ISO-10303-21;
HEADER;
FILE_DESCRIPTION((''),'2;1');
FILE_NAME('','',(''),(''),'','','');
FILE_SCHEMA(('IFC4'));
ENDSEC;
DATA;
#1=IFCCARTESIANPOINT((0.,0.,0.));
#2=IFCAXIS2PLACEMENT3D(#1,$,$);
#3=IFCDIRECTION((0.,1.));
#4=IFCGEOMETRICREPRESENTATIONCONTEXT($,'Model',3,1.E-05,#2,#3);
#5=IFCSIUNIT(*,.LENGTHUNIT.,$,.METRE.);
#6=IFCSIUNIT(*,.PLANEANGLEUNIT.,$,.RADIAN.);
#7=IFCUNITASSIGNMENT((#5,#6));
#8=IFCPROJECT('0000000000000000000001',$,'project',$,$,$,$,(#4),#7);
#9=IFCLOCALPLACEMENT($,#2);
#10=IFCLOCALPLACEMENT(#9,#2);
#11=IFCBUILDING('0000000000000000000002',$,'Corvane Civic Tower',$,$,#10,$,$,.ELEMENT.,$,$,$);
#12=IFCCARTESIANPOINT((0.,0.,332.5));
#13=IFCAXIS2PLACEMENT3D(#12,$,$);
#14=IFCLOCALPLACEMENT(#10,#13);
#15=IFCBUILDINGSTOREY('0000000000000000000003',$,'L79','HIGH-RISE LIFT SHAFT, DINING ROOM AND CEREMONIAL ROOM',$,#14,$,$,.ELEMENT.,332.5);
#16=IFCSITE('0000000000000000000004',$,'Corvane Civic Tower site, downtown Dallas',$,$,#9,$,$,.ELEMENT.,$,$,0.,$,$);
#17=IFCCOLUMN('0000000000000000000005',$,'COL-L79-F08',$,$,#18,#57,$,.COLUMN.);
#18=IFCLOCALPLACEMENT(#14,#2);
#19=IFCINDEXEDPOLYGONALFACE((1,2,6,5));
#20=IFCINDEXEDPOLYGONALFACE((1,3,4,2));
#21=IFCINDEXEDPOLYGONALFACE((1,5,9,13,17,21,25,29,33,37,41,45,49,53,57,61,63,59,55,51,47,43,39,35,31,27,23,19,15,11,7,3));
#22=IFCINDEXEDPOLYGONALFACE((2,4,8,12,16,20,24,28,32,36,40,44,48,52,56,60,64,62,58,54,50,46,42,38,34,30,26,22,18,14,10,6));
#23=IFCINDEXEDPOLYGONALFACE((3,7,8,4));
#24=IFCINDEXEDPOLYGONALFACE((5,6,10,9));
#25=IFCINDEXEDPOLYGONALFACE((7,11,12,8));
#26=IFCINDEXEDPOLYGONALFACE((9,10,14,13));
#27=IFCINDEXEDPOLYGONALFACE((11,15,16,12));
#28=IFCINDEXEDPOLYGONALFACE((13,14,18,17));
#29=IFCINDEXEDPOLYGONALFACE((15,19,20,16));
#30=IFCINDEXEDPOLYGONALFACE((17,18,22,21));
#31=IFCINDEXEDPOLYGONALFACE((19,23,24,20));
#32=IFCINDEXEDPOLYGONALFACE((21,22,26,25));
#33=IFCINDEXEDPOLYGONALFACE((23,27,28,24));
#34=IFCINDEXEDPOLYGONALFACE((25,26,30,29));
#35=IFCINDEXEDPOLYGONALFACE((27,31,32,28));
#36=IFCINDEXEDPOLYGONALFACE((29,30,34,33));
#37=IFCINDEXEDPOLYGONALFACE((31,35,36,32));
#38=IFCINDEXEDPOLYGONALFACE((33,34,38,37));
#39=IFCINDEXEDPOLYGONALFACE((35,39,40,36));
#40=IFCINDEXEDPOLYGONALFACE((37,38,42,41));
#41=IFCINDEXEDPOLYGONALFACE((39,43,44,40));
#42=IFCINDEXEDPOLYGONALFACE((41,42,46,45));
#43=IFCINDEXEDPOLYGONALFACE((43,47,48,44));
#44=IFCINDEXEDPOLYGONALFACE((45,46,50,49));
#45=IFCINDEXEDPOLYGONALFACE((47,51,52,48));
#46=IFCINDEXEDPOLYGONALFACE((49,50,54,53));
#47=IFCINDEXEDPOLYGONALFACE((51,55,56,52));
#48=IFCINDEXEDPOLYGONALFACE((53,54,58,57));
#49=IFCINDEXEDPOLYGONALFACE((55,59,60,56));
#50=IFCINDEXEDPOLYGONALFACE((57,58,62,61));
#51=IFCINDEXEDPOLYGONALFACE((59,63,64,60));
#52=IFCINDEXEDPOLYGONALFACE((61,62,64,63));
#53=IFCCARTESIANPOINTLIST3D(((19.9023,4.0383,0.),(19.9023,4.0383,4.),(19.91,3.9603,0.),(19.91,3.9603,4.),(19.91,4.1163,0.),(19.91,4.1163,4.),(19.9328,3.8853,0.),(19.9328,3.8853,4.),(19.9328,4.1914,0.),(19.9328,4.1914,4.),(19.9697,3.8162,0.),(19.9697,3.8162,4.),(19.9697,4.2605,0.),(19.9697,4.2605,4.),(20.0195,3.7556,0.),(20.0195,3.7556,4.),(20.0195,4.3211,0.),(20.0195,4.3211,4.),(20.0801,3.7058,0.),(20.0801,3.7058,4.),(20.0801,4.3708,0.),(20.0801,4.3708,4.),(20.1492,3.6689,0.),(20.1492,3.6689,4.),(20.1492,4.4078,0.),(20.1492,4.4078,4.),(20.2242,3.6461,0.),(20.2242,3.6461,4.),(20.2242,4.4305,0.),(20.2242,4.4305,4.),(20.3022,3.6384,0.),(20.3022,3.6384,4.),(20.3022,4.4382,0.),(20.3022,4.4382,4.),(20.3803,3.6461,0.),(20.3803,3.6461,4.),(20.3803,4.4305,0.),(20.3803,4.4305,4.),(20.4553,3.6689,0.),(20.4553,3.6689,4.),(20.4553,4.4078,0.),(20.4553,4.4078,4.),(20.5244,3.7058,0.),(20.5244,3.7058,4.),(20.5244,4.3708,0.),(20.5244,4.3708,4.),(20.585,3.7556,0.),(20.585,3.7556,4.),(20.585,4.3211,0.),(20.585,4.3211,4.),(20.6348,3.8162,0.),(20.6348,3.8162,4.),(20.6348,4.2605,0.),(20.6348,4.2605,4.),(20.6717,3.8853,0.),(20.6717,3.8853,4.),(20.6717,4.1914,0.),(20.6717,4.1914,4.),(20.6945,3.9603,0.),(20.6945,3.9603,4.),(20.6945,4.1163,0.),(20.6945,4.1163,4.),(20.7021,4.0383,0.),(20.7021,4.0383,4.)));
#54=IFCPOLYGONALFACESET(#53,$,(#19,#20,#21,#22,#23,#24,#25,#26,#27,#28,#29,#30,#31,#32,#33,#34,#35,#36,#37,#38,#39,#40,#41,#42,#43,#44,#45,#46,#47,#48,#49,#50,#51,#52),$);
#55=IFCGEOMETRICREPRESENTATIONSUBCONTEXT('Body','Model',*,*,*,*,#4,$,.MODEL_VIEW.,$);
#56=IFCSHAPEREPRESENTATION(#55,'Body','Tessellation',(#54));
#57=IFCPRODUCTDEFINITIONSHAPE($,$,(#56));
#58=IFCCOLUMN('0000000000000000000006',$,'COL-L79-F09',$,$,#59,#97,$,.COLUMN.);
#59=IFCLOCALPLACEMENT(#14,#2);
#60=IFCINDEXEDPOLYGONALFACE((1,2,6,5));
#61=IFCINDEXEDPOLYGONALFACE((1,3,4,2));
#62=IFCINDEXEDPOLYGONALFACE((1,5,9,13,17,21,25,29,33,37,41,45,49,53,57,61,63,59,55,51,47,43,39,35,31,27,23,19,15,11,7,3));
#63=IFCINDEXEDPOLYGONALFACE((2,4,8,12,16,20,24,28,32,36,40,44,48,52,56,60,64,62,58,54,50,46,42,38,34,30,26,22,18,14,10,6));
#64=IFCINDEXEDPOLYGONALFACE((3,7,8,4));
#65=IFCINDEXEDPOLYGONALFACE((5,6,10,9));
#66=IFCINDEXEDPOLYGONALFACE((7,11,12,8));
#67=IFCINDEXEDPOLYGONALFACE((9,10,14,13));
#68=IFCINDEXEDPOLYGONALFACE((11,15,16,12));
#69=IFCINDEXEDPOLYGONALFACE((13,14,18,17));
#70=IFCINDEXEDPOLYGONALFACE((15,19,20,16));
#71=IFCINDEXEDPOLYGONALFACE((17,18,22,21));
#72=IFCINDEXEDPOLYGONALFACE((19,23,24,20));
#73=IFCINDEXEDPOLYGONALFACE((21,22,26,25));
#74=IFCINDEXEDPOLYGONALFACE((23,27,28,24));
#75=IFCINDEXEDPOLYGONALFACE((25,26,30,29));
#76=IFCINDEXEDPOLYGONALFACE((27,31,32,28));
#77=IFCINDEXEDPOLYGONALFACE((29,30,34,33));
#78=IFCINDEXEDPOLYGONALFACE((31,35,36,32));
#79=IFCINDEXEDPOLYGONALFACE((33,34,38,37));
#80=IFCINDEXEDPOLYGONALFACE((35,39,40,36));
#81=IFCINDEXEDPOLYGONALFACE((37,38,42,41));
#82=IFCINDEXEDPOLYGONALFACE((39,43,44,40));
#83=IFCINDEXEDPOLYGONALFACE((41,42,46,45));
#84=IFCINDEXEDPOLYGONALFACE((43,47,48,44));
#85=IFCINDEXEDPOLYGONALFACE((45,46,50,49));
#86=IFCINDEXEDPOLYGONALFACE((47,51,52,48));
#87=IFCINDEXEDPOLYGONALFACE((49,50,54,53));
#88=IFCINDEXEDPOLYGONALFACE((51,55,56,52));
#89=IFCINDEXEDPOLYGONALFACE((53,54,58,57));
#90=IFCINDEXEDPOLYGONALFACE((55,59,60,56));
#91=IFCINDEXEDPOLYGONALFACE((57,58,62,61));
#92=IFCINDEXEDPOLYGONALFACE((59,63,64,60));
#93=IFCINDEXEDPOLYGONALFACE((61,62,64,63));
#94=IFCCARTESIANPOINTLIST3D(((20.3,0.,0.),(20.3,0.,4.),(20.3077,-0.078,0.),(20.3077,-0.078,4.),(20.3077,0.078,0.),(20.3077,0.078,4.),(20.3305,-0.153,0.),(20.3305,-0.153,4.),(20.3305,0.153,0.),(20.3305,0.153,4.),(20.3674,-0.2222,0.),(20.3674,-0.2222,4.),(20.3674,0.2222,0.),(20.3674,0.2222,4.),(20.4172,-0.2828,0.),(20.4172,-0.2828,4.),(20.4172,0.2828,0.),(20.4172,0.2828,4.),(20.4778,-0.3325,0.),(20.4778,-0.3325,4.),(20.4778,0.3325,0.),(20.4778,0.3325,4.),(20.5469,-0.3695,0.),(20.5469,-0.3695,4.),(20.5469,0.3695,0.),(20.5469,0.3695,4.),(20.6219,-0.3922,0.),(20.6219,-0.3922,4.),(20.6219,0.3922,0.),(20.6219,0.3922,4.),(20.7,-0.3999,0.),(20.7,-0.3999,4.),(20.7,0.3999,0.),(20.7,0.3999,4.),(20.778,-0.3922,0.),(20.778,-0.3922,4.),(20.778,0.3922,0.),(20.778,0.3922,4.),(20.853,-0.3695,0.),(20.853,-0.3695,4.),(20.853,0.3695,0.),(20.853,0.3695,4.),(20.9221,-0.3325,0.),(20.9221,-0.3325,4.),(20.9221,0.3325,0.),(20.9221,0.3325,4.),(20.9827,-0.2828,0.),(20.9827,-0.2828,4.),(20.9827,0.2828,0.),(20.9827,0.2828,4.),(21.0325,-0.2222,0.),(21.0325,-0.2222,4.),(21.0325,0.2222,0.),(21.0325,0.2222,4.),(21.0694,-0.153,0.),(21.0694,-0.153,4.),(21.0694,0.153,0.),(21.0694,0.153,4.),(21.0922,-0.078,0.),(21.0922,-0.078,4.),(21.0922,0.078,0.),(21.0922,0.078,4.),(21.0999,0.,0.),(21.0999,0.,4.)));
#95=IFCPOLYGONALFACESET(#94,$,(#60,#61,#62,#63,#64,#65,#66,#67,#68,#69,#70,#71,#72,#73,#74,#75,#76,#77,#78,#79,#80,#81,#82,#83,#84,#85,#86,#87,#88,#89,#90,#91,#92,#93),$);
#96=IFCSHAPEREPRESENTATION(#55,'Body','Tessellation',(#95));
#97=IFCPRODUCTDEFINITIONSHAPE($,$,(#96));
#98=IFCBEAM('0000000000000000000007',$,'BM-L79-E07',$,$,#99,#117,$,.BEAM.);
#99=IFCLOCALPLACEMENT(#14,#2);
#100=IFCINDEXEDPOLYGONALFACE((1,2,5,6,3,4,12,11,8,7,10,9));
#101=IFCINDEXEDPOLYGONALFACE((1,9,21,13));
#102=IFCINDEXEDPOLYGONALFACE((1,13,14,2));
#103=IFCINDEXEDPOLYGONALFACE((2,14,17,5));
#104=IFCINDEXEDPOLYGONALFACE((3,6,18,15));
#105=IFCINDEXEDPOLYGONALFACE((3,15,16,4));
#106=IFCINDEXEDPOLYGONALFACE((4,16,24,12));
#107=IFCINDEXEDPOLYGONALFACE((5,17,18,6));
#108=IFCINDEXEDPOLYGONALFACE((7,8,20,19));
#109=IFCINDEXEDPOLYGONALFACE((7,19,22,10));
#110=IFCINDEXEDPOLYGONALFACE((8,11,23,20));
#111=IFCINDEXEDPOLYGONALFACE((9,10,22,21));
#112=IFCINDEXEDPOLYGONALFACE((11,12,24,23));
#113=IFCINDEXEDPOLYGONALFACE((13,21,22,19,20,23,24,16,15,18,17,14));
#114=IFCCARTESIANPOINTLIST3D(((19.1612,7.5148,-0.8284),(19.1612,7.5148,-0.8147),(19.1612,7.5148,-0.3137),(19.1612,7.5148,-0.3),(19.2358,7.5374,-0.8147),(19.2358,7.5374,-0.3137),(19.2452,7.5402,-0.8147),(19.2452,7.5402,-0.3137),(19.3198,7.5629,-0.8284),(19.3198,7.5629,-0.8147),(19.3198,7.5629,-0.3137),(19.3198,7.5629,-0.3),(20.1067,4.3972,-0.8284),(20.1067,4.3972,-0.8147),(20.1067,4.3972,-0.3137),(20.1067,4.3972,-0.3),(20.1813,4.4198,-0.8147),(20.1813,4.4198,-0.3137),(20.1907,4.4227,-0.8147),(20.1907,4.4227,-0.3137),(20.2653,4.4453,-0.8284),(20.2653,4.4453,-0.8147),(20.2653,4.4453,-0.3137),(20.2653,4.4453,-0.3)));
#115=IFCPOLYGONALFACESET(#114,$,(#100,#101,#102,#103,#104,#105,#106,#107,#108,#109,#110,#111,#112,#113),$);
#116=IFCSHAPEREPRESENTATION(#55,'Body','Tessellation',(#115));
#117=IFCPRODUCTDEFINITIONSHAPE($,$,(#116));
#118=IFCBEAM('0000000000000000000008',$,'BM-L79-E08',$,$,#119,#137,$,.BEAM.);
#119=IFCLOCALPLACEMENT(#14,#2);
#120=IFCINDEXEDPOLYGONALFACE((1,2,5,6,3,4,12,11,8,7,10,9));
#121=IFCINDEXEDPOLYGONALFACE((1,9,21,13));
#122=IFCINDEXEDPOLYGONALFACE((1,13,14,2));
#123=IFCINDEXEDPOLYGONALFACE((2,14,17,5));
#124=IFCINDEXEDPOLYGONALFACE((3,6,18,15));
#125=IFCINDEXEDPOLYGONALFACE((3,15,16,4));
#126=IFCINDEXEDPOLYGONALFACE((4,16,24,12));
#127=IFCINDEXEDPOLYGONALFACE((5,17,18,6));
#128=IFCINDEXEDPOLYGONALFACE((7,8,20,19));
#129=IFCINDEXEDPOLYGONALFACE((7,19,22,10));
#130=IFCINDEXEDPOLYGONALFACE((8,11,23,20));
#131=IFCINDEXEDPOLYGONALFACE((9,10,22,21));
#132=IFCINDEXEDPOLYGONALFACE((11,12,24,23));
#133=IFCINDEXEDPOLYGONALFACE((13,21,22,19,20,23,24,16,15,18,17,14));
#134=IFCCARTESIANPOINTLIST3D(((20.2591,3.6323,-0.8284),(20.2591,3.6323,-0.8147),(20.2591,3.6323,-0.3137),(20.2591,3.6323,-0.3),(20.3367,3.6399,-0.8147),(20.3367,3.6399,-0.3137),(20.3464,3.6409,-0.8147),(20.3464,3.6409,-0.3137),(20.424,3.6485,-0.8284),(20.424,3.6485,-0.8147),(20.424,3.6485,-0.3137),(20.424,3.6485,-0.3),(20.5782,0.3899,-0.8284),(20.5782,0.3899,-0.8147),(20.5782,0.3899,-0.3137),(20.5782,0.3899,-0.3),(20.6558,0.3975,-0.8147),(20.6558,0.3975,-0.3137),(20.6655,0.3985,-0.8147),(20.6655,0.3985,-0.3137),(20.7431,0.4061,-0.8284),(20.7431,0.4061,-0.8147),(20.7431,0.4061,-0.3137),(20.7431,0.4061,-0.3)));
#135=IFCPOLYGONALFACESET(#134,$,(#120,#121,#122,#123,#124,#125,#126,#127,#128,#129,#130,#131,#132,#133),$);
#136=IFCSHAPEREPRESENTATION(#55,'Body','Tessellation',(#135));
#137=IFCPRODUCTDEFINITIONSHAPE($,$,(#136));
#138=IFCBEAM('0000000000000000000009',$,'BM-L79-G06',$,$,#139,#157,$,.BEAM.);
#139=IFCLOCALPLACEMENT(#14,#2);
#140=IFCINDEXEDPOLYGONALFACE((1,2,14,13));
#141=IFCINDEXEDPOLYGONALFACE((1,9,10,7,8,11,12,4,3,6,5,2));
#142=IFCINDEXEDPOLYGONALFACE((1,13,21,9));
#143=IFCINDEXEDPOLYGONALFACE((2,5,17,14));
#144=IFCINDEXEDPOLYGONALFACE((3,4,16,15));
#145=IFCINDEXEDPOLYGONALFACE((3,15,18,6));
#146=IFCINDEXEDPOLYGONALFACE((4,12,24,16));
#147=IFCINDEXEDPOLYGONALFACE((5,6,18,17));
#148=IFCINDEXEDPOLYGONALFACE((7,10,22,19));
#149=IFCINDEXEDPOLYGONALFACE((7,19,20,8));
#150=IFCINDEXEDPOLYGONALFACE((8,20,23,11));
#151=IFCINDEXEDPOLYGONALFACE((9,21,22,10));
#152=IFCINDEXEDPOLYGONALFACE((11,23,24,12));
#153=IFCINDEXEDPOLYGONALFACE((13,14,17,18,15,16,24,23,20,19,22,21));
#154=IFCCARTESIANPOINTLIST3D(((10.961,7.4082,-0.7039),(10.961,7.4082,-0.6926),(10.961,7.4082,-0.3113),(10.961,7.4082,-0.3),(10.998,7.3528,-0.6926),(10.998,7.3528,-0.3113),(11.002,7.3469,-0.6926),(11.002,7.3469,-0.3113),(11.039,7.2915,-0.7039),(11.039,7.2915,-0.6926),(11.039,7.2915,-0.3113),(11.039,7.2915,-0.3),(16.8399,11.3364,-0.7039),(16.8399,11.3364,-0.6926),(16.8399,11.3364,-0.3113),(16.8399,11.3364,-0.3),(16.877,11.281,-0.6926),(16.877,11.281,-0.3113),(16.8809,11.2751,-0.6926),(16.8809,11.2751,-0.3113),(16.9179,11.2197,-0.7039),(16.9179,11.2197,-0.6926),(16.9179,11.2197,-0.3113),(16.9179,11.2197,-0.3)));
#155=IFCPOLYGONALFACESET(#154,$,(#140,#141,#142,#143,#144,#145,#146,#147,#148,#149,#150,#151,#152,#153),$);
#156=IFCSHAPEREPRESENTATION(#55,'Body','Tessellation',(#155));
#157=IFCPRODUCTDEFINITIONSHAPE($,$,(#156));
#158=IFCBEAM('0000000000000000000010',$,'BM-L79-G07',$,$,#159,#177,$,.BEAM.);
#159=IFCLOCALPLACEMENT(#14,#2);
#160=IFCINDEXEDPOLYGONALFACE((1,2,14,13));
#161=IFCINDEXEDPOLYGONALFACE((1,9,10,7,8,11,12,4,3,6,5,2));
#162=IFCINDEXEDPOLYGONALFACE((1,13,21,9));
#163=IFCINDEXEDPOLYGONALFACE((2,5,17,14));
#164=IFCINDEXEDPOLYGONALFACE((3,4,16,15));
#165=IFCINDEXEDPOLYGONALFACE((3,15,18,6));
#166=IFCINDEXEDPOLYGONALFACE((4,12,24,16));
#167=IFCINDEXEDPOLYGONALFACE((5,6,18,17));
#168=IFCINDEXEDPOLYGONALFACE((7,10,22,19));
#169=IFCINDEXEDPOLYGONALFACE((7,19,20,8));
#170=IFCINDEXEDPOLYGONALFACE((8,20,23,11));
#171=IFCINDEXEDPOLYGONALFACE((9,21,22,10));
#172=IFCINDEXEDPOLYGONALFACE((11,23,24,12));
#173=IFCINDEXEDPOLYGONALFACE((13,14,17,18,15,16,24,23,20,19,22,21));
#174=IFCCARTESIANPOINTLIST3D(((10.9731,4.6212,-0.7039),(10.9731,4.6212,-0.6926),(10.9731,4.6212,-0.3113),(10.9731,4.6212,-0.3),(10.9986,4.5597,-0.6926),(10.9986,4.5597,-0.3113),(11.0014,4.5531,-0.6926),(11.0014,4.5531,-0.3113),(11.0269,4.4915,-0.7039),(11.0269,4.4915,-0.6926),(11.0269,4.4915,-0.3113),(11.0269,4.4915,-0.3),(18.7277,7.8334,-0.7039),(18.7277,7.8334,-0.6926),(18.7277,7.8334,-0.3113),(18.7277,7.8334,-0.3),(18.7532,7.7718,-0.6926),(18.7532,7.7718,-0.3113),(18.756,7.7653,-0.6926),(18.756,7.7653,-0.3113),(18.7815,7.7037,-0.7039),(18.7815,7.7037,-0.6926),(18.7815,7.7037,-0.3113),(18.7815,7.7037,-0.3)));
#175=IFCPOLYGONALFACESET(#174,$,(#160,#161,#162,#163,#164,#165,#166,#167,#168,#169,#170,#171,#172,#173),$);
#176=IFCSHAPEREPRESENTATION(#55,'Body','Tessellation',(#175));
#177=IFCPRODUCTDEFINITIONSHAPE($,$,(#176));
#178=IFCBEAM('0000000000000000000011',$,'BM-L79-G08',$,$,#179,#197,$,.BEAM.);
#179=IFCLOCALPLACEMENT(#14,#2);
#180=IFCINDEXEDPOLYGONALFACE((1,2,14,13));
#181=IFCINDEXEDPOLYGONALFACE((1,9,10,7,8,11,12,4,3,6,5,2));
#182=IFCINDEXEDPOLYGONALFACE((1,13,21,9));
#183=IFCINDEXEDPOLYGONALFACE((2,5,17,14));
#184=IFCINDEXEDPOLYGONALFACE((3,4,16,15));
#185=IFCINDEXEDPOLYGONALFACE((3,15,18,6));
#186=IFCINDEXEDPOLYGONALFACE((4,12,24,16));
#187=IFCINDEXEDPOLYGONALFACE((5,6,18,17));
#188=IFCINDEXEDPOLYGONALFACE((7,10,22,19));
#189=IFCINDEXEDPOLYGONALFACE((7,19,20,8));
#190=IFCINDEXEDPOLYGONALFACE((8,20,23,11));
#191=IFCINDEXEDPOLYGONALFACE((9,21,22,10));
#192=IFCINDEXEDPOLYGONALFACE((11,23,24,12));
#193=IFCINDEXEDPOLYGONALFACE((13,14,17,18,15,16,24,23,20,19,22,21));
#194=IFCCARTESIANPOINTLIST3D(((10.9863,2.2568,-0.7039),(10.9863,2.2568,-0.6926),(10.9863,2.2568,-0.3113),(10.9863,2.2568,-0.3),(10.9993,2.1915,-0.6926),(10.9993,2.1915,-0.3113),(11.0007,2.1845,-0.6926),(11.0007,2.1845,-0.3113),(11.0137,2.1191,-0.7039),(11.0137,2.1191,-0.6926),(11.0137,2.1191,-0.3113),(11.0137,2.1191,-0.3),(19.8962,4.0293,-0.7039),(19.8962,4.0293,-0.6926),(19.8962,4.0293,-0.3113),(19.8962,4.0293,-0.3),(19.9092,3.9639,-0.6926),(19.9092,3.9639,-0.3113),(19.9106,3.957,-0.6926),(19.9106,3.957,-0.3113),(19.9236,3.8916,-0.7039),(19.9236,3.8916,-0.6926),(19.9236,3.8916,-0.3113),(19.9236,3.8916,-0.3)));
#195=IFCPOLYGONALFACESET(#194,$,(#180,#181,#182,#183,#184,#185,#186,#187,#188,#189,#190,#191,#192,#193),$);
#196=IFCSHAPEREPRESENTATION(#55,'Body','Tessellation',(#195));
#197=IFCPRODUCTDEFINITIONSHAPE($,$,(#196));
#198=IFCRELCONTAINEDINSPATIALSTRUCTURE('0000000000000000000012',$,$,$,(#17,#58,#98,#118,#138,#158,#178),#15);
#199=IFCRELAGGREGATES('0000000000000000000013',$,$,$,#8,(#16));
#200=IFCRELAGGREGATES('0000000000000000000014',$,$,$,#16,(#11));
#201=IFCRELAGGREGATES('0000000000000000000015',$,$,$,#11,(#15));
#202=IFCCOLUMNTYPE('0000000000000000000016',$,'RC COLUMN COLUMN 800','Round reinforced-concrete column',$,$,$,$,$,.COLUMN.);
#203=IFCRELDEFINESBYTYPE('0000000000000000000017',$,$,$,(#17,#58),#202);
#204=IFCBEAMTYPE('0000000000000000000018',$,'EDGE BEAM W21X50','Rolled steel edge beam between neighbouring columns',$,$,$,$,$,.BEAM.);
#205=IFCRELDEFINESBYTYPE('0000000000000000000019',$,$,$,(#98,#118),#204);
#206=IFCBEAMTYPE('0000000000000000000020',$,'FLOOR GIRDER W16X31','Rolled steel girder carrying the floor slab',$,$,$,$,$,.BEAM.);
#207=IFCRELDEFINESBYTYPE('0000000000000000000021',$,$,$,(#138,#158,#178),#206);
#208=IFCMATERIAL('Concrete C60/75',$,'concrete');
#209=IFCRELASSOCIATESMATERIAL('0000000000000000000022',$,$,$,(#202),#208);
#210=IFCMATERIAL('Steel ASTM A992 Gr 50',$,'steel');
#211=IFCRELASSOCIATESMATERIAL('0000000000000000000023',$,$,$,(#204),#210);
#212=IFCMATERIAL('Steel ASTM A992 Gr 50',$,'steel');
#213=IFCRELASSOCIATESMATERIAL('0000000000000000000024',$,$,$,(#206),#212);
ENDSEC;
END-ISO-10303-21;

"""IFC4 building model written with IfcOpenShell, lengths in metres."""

from ifc_helpers import new_model, si_unit, direction, frame, origin, origin_2d, place, context, subcontext, project, spatial, circle, i_section, extrude, material, material_profile, profile_set, type_object, element, save


model = new_model("IFC4")

# Units and contexts
model_context = context("Model", 3, precision=1e-05, world=origin(), true_north=direction((0.0, 1.0)))
body_context = subcontext(model_context, "Body", "Model", "MODEL_VIEW")
ifc_project = project(units=[si_unit("LENGTHUNIT", "METRE"), si_unit("PLANEANGLEUNIT", "RADIAN")], contexts=[model_context])

# Site, building, storey
site_placement = place(None, origin())
site = spatial("IfcSite", under=ifc_project, at=site_placement, Name="Corvane Civic Tower site, downtown Dallas", CompositionType="ELEMENT", RefElevation=0.0)
building_placement = place(site_placement, origin())
building = spatial("IfcBuilding", under=site, at=building_placement, Name="Corvane Civic Tower", CompositionType="ELEMENT")
storey_placement = place(building_placement, frame((0.0, 0.0, 332.5)))
storey = spatial("IfcBuildingStorey", under=building, at=storey_placement, Name="L79", Description="HIGH-RISE LIFT SHAFT, DINING ROOM AND CEREMONIAL ROOM", CompositionType="ELEMENT", Elevation=332.5)

# Columns
ifc_material_1 = material(Name="Concrete C60/75", Category="concrete")
ifc_material_profile_1 = material_profile(ifc_material_1, circle(Radius=0.3999, at=origin_2d()), Name="COLUMN 800")
ifc_profile_set_1 = profile_set([ifc_material_profile_1], Name="Concrete C60/75")
column_type = type_object("IfcColumnType", Name="RC COLUMN COLUMN 800", Description="Round reinforced-concrete column", PredefinedType="COLUMN", material=ifc_profile_set_1)
for number, where, z_axis, x_axis, name in (
    (1, (20.3022, 4.0383, 0.0), (0.0, 0.0, 1.0), (1.0, 0.0, 0.0), "COL-L79-F08"),
    (2, (20.7, 0.0, 0.0), (0.0, 0.0, 1.0), (1.0, 0.0, 0.0), "COL-L79-F09"),
):
    element("IfcColumn", number, at=place(storey_placement, frame(where, z_axis=z_axis, x_axis=x_axis)), inside=storey, type_object=column_type, Name=name, PredefinedType="COLUMN", context=body_context, shape_type="SweptSolid", body=[
        extrude(circle(Radius=0.3999, at=origin_2d()), origin(), (0.0, 0.0, 1.0), 4.0),
    ])

# Beams
ifc_material_2 = material(Name="Steel ASTM A992 Gr 50", Category="steel")
ifc_material_profile_2 = material_profile(ifc_material_2, i_section(OverallWidth=0.1658, OverallDepth=0.5283, WebThickness=0.0098, FlangeThickness=0.0137, at=origin_2d()), Name="W21X50")
ifc_profile_set_2 = profile_set([ifc_material_profile_2], Name="Steel ASTM A992 Gr 50")
beam_type_1 = type_object("IfcBeamType", Name="EDGE BEAM W21X50", Description="Rolled steel edge beam between neighbouring columns", PredefinedType="BEAM", material=ifc_profile_set_2)
beam_1_placement = place(storey_placement, frame((19.2405, 7.5388, -0.5642), z_axis=(0.290234, -0.956956, 0.0), x_axis=(0.956956, 0.290234, 0.0)))
element("IfcBeam", 3, at=beam_1_placement, inside=storey, type_object=beam_type_1, Name="BM-L79-E07", PredefinedType="BEAM", context=body_context, shape_type="SweptSolid", body=[
    extrude(i_section(OverallWidth=0.1658, OverallDepth=0.5283, WebThickness=0.0098, FlangeThickness=0.0137, at=origin_2d()), origin(), (0.0, 0.0, 1.0), 3.2578),
])
beam_2_placement = place(storey_placement, frame((20.3416, 3.6404, -0.5642), z_axis=(0.097938, -0.995193, 0.0), x_axis=(0.995193, 0.097938, 0.0)))
element("IfcBeam", 4, at=beam_2_placement, inside=storey, type_object=beam_type_1, Name="BM-L79-E08", PredefinedType="BEAM", context=body_context, shape_type="SweptSolid", body=[
    extrude(i_section(OverallWidth=0.1658, OverallDepth=0.5283, WebThickness=0.0098, FlangeThickness=0.0137, at=origin_2d()), origin(), (0.0, 0.0, 1.0), 3.2581),
])
ifc_material_3 = material(Name="Steel ASTM A992 Gr 50", Category="steel")
ifc_material_profile_3 = material_profile(ifc_material_3, i_section(OverallWidth=0.1404, OverallDepth=0.4038, WebThickness=0.0071, FlangeThickness=0.0112, at=origin_2d()), Name="W16X31")
ifc_profile_set_3 = profile_set([ifc_material_profile_3], Name="Steel ASTM A992 Gr 50")
beam_type_2 = type_object("IfcBeamType", Name="FLOOR GIRDER W16X31", Description="Rolled steel girder carrying the floor slab", PredefinedType="BEAM", material=ifc_profile_set_3)
beam_3_placement = place(storey_placement, frame((11.0, 7.3499, -0.502), z_axis=(0.831465, 0.555576, 0.0), x_axis=(-0.555576, 0.831465, 0.0)))
element("IfcBeam", 5, at=beam_3_placement, inside=storey, type_object=beam_type_2, Name="BM-L79-G06", PredefinedType="BEAM", context=body_context, shape_type="SweptSolid", body=[
    extrude(i_section(OverallWidth=0.1404, OverallDepth=0.4038, WebThickness=0.0071, FlangeThickness=0.0112, at=origin_2d()), origin(), (0.0, 0.0, 1.0), 7.0706),
])
beam_4_placement = place(storey_placement, frame((11.0, 4.5564, -0.502), z_axis=(0.923876, 0.382692, 0.0), x_axis=(-0.382692, 0.923876, 0.0)))
element("IfcBeam", 6, at=beam_4_placement, inside=storey, type_object=beam_type_2, Name="BM-L79-G07", PredefinedType="BEAM", context=body_context, shape_type="SweptSolid", body=[
    extrude(i_section(OverallWidth=0.1404, OverallDepth=0.4038, WebThickness=0.0071, FlangeThickness=0.0112, at=origin_2d()), origin(), (0.0, 0.0, 1.0), 8.3936),
])
beam_5_placement = place(storey_placement, frame((11.0, 2.188, -0.502), z_axis=(0.980782, 0.195108, 0.0), x_axis=(-0.195108, 0.980782, 0.0)))
element("IfcBeam", 7, at=beam_5_placement, inside=storey, type_object=beam_type_2, Name="BM-L79-G08", PredefinedType="BEAM", context=body_context, shape_type="SweptSolid", body=[
    extrude(i_section(OverallWidth=0.1404, OverallDepth=0.4038, WebThickness=0.0071, FlangeThickness=0.0112, at=origin_2d()), origin(), (0.0, 0.0, 1.0), 9.0845),
])

save(model, "model.ifc")
